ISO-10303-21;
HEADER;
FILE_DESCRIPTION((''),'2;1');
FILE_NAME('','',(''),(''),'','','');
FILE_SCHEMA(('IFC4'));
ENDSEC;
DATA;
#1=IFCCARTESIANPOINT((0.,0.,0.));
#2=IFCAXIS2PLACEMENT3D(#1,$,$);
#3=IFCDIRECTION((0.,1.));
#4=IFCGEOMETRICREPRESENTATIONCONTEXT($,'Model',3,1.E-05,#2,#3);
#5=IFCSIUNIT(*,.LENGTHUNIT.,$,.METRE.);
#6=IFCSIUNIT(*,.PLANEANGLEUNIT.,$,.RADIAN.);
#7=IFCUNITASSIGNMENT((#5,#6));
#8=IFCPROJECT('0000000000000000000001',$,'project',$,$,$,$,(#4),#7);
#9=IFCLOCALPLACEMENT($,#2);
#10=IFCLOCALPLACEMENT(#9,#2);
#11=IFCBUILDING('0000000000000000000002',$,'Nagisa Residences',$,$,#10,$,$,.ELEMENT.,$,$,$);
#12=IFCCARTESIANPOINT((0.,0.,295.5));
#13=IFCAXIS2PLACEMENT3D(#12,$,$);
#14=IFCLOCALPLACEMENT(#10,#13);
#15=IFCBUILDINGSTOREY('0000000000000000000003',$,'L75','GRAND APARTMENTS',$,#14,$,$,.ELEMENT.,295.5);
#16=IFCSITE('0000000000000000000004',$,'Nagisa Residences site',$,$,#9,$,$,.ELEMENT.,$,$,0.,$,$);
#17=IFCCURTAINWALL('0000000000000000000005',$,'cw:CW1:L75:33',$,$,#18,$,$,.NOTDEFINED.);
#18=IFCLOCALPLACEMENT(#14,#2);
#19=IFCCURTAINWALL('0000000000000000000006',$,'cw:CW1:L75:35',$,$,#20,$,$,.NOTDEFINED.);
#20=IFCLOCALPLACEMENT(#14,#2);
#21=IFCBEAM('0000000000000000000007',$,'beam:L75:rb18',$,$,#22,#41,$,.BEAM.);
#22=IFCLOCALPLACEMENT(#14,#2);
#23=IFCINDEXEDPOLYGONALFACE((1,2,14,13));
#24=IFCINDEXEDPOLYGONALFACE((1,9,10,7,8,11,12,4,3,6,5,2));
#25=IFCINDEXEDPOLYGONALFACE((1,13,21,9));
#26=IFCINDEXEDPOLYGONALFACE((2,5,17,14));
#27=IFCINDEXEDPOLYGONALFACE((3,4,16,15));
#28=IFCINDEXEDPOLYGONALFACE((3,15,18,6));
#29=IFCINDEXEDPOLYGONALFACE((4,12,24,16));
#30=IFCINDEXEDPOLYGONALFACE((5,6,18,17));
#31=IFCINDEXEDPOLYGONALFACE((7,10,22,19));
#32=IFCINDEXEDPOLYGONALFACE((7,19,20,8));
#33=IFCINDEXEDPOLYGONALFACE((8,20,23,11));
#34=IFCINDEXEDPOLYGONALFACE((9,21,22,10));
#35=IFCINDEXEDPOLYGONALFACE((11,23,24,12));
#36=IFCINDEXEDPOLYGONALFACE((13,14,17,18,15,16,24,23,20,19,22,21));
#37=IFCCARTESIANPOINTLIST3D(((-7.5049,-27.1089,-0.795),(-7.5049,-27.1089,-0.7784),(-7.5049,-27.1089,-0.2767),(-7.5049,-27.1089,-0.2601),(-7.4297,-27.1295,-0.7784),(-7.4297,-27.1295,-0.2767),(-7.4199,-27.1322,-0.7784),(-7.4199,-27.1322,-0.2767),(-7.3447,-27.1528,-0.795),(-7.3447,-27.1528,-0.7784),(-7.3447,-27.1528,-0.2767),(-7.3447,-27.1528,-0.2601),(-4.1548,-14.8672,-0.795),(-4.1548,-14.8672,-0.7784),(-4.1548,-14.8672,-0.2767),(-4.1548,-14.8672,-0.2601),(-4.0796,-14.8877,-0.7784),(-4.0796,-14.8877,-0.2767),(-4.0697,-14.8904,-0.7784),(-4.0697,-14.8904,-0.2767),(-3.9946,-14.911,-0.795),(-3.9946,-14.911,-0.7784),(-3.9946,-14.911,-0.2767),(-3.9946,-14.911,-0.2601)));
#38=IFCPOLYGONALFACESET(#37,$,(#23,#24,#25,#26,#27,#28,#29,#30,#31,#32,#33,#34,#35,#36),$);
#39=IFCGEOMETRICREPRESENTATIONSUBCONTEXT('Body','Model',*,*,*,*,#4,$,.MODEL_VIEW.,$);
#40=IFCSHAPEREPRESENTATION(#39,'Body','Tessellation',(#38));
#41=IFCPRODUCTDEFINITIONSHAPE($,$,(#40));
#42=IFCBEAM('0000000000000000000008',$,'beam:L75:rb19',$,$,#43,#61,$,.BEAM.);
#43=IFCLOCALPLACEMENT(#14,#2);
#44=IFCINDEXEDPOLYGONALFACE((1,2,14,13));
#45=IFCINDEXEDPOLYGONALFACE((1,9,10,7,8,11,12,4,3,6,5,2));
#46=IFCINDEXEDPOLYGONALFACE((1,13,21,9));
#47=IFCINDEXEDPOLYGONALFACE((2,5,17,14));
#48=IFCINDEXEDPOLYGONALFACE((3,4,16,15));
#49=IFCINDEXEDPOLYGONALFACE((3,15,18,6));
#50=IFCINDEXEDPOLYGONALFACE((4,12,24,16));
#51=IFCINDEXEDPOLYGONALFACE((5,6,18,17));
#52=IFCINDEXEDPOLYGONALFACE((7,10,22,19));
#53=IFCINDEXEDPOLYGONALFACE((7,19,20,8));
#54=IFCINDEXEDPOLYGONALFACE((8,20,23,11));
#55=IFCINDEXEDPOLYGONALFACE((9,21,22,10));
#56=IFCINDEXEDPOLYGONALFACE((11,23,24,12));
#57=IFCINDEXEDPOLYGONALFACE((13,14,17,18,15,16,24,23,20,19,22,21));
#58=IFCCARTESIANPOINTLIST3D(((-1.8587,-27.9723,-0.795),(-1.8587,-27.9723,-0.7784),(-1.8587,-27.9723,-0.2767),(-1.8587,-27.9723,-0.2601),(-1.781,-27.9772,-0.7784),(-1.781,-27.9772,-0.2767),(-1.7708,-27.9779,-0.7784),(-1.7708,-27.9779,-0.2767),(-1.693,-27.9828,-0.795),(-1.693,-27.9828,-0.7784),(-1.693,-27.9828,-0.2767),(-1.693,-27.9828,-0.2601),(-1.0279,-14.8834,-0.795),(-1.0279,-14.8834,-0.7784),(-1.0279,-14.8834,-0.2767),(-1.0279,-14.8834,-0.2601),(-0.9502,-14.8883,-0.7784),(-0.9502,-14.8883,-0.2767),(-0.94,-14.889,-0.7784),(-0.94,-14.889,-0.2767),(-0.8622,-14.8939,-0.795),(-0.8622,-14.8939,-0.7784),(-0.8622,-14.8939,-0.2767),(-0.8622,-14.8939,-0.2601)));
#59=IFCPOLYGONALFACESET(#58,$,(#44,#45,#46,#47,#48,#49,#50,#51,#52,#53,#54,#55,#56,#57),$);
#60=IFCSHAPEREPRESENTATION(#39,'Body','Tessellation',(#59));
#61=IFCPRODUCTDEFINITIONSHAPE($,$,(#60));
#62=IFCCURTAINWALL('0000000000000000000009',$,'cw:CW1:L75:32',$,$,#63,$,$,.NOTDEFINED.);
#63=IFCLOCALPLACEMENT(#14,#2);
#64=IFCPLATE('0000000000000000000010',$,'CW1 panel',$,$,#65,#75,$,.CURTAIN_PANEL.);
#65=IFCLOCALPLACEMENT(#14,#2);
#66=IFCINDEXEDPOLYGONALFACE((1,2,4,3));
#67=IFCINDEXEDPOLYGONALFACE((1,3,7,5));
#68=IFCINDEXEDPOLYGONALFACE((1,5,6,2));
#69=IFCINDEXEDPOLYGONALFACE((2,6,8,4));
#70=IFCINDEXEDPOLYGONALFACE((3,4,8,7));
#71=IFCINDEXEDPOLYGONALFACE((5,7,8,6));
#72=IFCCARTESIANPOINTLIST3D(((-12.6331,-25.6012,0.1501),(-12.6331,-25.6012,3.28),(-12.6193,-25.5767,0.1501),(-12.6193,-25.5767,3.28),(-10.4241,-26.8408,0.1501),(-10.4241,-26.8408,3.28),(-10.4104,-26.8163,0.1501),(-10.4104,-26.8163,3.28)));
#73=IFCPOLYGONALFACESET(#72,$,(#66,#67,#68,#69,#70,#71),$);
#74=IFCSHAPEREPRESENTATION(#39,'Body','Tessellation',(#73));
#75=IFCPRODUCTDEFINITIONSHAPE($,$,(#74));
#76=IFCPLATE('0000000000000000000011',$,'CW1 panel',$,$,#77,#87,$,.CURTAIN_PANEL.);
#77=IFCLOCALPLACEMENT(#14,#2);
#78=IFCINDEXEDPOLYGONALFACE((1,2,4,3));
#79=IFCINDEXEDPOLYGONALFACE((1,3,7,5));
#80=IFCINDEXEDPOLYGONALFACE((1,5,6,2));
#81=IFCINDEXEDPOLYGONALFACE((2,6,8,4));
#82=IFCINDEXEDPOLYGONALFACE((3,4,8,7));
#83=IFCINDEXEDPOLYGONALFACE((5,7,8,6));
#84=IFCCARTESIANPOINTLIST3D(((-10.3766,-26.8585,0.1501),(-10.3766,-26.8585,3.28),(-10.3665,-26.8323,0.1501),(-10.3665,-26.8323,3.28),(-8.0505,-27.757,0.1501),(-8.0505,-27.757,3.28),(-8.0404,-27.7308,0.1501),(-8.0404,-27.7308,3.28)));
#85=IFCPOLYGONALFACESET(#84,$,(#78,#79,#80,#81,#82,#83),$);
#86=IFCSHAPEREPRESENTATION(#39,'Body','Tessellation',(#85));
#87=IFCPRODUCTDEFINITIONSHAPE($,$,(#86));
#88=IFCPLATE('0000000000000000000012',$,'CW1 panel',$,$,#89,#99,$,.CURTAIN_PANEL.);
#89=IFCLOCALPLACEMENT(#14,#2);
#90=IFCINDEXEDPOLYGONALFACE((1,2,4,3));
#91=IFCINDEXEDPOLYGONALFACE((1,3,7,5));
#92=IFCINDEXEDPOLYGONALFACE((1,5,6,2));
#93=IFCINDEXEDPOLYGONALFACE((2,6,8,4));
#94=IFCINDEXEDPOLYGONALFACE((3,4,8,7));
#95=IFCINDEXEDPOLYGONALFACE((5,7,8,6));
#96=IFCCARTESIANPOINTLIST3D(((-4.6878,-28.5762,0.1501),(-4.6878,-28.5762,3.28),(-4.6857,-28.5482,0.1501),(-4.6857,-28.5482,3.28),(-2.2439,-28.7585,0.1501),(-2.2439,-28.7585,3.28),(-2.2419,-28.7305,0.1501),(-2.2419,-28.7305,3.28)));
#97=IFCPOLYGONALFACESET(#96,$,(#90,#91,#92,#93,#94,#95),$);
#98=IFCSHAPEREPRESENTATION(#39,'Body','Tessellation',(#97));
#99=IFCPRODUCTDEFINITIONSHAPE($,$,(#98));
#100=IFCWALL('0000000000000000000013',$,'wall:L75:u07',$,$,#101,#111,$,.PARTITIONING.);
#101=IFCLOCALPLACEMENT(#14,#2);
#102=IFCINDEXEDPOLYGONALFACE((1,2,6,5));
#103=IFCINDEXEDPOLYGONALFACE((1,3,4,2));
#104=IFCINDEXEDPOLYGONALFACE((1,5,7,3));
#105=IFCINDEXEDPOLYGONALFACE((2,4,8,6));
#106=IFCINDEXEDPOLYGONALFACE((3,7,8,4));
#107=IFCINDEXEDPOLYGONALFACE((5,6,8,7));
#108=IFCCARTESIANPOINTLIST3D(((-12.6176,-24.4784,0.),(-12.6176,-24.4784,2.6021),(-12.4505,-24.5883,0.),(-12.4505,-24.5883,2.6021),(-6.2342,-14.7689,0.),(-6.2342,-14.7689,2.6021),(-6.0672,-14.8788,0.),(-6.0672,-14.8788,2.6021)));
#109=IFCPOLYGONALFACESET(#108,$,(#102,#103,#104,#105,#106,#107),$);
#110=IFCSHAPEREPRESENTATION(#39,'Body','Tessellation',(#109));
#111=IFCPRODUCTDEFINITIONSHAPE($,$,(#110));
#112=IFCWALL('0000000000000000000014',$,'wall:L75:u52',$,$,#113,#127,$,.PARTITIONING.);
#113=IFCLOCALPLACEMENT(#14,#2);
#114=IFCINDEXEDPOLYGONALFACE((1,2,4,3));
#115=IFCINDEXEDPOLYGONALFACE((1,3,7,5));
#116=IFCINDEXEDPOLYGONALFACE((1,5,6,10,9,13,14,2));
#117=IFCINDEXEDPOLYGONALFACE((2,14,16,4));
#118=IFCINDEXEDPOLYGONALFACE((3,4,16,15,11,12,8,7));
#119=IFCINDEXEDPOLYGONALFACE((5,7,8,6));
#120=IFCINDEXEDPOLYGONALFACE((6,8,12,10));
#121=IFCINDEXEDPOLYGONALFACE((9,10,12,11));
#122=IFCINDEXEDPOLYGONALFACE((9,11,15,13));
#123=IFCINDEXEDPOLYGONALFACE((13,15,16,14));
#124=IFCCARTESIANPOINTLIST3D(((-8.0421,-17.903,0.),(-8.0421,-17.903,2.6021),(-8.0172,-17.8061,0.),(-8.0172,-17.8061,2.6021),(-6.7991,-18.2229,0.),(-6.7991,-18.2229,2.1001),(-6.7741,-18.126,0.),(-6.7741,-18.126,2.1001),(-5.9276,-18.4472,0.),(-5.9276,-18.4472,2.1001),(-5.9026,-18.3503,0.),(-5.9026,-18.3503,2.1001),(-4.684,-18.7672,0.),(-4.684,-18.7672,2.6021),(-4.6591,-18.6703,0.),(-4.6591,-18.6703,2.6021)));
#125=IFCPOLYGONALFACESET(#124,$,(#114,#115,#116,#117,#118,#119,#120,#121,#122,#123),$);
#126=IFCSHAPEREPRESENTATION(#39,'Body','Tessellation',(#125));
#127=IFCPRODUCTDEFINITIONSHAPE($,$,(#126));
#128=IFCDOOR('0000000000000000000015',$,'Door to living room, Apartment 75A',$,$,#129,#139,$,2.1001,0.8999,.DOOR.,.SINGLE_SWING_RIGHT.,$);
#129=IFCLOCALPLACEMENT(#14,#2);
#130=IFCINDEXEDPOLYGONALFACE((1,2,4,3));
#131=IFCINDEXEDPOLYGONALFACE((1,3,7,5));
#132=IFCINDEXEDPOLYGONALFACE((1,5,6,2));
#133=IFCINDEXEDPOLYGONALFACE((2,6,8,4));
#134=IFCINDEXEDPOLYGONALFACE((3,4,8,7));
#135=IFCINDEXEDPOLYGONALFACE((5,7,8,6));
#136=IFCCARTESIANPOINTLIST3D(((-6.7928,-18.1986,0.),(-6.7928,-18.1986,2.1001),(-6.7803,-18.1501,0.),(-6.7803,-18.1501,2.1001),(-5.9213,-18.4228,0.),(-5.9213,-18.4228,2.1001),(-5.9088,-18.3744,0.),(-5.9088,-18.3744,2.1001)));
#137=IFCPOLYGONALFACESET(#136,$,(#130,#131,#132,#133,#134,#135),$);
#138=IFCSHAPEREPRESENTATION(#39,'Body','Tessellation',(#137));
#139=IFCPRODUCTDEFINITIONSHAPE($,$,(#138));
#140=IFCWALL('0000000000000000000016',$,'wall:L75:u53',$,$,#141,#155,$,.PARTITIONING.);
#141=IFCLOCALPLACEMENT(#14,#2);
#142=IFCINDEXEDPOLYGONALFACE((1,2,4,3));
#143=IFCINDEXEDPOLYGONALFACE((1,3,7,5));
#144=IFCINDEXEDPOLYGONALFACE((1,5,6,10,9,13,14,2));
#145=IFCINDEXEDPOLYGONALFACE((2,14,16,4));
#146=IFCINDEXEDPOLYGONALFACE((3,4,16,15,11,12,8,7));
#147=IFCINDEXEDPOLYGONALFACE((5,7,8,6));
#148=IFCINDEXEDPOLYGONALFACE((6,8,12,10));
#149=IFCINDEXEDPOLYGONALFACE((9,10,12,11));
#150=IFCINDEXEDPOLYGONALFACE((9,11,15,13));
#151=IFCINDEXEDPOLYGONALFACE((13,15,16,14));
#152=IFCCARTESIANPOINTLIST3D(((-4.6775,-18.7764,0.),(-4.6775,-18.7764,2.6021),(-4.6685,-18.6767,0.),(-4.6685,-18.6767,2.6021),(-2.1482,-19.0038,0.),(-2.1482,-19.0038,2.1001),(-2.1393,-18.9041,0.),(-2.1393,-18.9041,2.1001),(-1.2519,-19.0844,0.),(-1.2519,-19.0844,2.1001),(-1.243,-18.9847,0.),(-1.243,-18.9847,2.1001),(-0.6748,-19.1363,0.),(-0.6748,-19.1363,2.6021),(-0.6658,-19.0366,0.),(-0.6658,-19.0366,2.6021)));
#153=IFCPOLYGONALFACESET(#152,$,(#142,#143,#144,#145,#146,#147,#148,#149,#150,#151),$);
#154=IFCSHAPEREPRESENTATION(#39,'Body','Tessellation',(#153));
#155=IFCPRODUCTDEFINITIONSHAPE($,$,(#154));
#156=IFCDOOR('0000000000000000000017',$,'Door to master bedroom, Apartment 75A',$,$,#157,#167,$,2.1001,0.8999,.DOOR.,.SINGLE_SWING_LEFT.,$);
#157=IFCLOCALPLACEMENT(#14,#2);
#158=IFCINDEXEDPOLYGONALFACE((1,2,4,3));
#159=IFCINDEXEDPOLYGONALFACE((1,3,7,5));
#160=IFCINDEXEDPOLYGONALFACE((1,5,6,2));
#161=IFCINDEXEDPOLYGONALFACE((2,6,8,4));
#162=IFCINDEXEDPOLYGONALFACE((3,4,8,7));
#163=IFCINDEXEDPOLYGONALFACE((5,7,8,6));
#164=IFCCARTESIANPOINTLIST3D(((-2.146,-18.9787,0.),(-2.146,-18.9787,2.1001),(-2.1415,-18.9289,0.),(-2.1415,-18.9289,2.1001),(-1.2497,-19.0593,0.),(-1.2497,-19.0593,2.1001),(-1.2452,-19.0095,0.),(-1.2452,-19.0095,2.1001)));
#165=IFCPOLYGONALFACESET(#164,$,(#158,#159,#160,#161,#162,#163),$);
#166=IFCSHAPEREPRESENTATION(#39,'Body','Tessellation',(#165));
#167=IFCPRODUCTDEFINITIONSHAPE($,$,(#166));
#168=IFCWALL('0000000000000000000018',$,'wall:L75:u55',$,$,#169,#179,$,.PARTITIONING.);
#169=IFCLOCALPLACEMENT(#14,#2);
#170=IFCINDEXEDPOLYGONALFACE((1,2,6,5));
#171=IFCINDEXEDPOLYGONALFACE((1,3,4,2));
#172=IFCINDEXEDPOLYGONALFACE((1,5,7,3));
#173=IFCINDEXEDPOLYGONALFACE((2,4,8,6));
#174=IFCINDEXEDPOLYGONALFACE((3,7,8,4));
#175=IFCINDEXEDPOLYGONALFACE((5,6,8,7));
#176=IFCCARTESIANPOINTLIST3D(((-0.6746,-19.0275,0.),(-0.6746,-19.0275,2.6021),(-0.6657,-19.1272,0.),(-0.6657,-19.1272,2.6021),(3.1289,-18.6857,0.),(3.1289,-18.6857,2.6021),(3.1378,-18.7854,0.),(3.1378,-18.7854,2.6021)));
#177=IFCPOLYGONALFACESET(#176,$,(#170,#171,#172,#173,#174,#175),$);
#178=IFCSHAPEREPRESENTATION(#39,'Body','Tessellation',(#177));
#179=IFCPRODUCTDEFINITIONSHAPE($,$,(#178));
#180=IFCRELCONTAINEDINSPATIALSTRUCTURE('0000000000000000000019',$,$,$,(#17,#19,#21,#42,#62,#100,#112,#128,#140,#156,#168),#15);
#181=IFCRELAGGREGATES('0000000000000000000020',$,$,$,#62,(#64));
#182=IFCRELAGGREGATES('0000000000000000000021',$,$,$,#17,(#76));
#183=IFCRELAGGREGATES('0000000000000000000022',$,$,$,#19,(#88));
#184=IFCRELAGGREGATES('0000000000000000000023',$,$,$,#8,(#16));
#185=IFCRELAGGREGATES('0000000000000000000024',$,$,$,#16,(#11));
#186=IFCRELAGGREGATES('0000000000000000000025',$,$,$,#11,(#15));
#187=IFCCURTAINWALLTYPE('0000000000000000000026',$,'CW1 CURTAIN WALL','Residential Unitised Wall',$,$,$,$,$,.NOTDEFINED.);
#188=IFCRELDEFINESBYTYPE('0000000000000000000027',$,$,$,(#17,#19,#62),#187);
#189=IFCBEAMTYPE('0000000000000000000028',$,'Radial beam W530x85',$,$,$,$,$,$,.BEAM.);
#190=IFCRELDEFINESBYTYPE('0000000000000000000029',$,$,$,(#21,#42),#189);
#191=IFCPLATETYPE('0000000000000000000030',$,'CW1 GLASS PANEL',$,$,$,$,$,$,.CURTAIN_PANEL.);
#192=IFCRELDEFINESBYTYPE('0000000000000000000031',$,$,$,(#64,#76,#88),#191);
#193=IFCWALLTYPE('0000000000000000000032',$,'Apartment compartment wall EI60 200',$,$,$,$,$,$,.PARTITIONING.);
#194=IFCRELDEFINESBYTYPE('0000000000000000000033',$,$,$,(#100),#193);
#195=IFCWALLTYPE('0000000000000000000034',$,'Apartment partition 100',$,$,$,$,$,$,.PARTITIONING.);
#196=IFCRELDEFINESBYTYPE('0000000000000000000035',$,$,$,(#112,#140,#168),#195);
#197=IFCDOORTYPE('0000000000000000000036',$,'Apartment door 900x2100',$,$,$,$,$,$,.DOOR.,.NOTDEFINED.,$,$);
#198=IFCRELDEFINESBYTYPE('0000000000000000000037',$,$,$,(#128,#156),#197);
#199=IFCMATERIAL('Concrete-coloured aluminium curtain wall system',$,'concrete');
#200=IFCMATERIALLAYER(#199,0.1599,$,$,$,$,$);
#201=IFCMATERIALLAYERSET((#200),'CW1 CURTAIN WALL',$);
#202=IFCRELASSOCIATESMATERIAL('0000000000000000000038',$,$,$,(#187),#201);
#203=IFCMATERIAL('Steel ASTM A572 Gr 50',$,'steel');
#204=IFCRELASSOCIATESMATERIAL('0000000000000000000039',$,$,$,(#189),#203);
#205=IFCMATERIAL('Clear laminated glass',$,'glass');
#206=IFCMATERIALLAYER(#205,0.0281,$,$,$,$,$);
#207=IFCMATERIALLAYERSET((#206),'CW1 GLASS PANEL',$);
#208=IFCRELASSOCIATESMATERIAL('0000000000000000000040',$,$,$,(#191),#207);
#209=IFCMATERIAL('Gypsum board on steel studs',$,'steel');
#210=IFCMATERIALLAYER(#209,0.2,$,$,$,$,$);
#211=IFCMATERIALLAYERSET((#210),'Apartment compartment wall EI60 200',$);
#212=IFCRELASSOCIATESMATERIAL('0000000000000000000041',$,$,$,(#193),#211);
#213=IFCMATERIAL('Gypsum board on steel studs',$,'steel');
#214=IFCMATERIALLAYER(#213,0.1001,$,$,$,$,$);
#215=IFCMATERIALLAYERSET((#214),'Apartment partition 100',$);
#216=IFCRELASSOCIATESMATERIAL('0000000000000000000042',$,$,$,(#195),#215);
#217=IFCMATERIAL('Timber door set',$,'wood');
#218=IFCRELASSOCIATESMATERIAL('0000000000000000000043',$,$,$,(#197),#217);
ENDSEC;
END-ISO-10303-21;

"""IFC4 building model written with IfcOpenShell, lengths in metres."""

from ifc_helpers import new_model, si_unit, direction, frame, frame_2d, origin, origin_2d, place, context, subcontext, project, spatial, rectangle, i_section, extrude, material, layer, layer_set, material_profile, profile_set, type_object, element, fill, aggregate, save


model = new_model("IFC4")

# Units and contexts
model_context = context("Model", 3, precision=1e-05, world=origin(), true_north=direction((0.0, 1.0)))
body_context = subcontext(model_context, "Body", "Model", "MODEL_VIEW")
ifc_project = project(units=[si_unit("LENGTHUNIT", "METRE"), si_unit("PLANEANGLEUNIT", "RADIAN")], contexts=[model_context])

# Site, building, storey
site_placement = place(None, origin())
site = spatial("IfcSite", under=ifc_project, at=site_placement, Name="Nagisa Residences site", CompositionType="ELEMENT", RefElevation=0.0)
building_placement = place(site_placement, origin())
building = spatial("IfcBuilding", under=site, at=building_placement, Name="Nagisa Residences", CompositionType="ELEMENT")
storey_placement = place(building_placement, frame((0.0, 0.0, 295.5)))
storey = spatial("IfcBuildingStorey", under=building, at=storey_placement, Name="L75", Description="GRAND APARTMENTS", CompositionType="ELEMENT", Elevation=295.5)

# Curtain walls
ifc_material_1 = material(Name="Concrete-coloured aluminium curtain wall system", Category="concrete")
ifc_layer_1 = layer(ifc_material_1, 0.1599)
ifc_layer_set_1 = layer_set([ifc_layer_1], Name="CW1 CURTAIN WALL")
curtain_wall_type = type_object("IfcCurtainWallType", Name="CW1 CURTAIN WALL", Description="Residential Unitised Wall", PredefinedType="NOTDEFINED", material=ifc_layer_set_1)
curtain_wall_1_placement = place(storey_placement, origin())
curtain_wall_1 = element("IfcCurtainWall", 1, at=curtain_wall_1_placement, inside=storey, type_object=curtain_wall_type, Name="cw:CW1:L75:33", PredefinedType="NOTDEFINED")
curtain_wall_2_placement = place(storey_placement, origin())
curtain_wall_2 = element("IfcCurtainWall", 2, at=curtain_wall_2_placement, inside=storey, type_object=curtain_wall_type, Name="cw:CW1:L75:35", PredefinedType="NOTDEFINED")

# Beams
ifc_material_2 = material(Name="Steel ASTM A572 Gr 50", Category="steel")
ifc_material_profile_1 = material_profile(ifc_material_2, i_section(OverallWidth=0.166, OverallDepth=0.5349, WebThickness=0.0103, FlangeThickness=0.0166, at=origin_2d()), Name="W530x85")
ifc_profile_set_1 = profile_set([ifc_material_profile_1], Name="Steel ASTM A572 Gr 50")
beam_type_1 = type_object("IfcBeamType", Name="Radial beam W530x85", PredefinedType="BEAM", material=ifc_profile_set_1)
beam_1_placement = place(storey_placement, frame((-7.4248, -27.1309, -0.5276), z_axis=(0.263957, 0.964534, 0.0), x_axis=(-0.964534, 0.263957, 0.0)))
element("IfcBeam", 3, at=beam_1_placement, inside=storey, type_object=beam_type_1, Name="beam:L75:rb18", PredefinedType="BEAM", context=body_context, shape_type="SweptSolid", body=[
    extrude(i_section(OverallWidth=0.166, OverallDepth=0.5349, WebThickness=0.0103, FlangeThickness=0.0166, at=origin_2d()), origin(), (0.0, 0.0, 1.0), 12.6919),
])
beam_2_placement = place(storey_placement, frame((-1.7759, -27.9775, -0.5276), z_axis=(0.063347, 0.997992, 0.0), x_axis=(-0.997992, 0.063347, 0.0)))
element("IfcBeam", 4, at=beam_2_placement, inside=storey, type_object=beam_type_1, Name="beam:L75:rb19", PredefinedType="BEAM", context=body_context, shape_type="SweptSolid", body=[
    extrude(i_section(OverallWidth=0.166, OverallDepth=0.5349, WebThickness=0.0103, FlangeThickness=0.0166, at=origin_2d()), origin(), (0.0, 0.0, 1.0), 13.1152),
])

# Curtain wall, plate
curtain_wall_3_placement = place(storey_placement, origin())
curtain_wall_3 = element("IfcCurtainWall", 5, at=curtain_wall_3_placement, inside=storey, type_object=curtain_wall_type, Name="cw:CW1:L75:32", PredefinedType="NOTDEFINED")
ifc_material_3 = material(Name="Clear laminated glass", Category="glass")
ifc_layer_2 = layer(ifc_material_3, 0.0281)
ifc_layer_set_2 = layer_set([ifc_layer_2], Name="CW1 GLASS PANEL")
plate_type = type_object("IfcPlateType", Name="CW1 GLASS PANEL", PredefinedType="CURTAIN_PANEL", material=ifc_layer_set_2)
plate_1_placement = place(storey_placement, frame((-11.5217, -26.2087, 0.1501), z_axis=(0.0, 0.0, 1.0), x_axis=(0.872072, -0.489377, 0.0)))
plate_1 = element("IfcPlate", 6, at=plate_1_placement, type_object=plate_type, Name="CW1 panel", PredefinedType="CURTAIN_PANEL", context=body_context, shape_type="SweptSolid", body=[
    extrude(rectangle(XDim=2.533, YDim=0.0281, at=origin_2d()), origin(), (0.0, 0.0, 1.0), 3.1299),
])
aggregate(curtain_wall_3, [plate_1])

# Plates
plate_2_placement = place(storey_placement, frame((-9.2085, -27.2947, 0.1501), z_axis=(0.0, 0.0, 1.0), x_axis=(0.932826, -0.360328, 0.0)))
plate_2 = element("IfcPlate", 7, at=plate_2_placement, type_object=plate_type, Name="CW1 panel", PredefinedType="CURTAIN_PANEL", context=body_context, shape_type="SweptSolid", body=[
    extrude(rectangle(XDim=2.4937, YDim=0.0281, at=origin_2d()), origin(), (0.0, 0.0, 1.0), 3.1299),
])
aggregate(curtain_wall_1, [plate_2])
plate_3_placement = place(storey_placement, frame((-3.4648, -28.6533, 0.1501), z_axis=(0.0, 0.0, 1.0), x_axis=(0.99723, -0.074377, 0.0)))
plate_3 = element("IfcPlate", 8, at=plate_3_placement, type_object=plate_type, Name="CW1 panel", PredefinedType="CURTAIN_PANEL", context=body_context, shape_type="SweptSolid", body=[
    extrude(rectangle(XDim=2.4507, YDim=0.0281, at=origin_2d()), origin(), (0.0, 0.0, 1.0), 3.1299),
])
aggregate(curtain_wall_2, [plate_3])

# Wall
ifc_material_4 = material(Name="Gypsum board on steel studs", Category="steel")
ifc_layer_3 = layer(ifc_material_4, 0.2)
ifc_layer_set_3 = layer_set([ifc_layer_3], Name="Apartment compartment wall EI60 200")
wall_type_1 = type_object("IfcWallType", Name="Apartment compartment wall EI60 200", PredefinedType="PARTITIONING", material=ifc_layer_set_3)
wall_1_placement = place(storey_placement, frame((-6.1506, -14.8237, 0.0), z_axis=(0.0, 0.0, 1.0), x_axis=(-0.549346, -0.835595, 0.0)))
element("IfcWall", 9, at=wall_1_placement, inside=storey, type_object=wall_type_1, Name="wall:L75:u07", PredefinedType="PARTITIONING", context=body_context, shape_type="SweptSolid", body=[
    extrude(rectangle(XDim=11.6199, YDim=0.2, at=frame_2d((5.8101, 0.0))), origin(), (0.0, 0.0, 1.0), 2.6021),
])

# Walls, openings, doors
ifc_material_5 = material(Name="Gypsum board on steel studs", Category="steel")
ifc_layer_4 = layer(ifc_material_5, 0.1001)
ifc_layer_set_4 = layer_set([ifc_layer_4], Name="Apartment partition 100")
wall_type_2 = type_object("IfcWallType", Name="Apartment partition 100", PredefinedType="PARTITIONING", material=ifc_layer_set_4)
wall_2_placement = place(storey_placement, frame((-8.0298, -17.8545, 0.0), z_axis=(0.0, 0.0, 1.0), x_axis=(0.968442, -0.249239, 0.0)))
wall_2 = element("IfcWall", 10, at=wall_2_placement, inside=storey, type_object=wall_type_2, Name="wall:L75:u52", PredefinedType="PARTITIONING", context=body_context, shape_type="SweptSolid", body=[
    extrude(rectangle(XDim=3.4675, YDim=0.1001, at=frame_2d((1.7339, 0.0))), origin(), (0.0, 0.0, 1.0), 2.6021),
])
opening_1_placement = place(wall_2_placement, frame((1.2837, 0.0, 0.0)))
opening_1 = element("IfcOpeningElement", 11, at=opening_1_placement, cuts=wall_2, PredefinedType="OPENING", context=body_context, shape_type="SweptSolid", body=[
    extrude(rectangle(XDim=0.8999, YDim=2.1001, at=frame_2d((0.45, 1.05))), frame((0.0, 0.0601, 0.0), z_axis=(0.0, -1.0, 0.0), x_axis=(1.0, 0.0, 0.0)), (0.0, 0.0, 1.0), 0.1201),
])
ifc_material_6 = material(Name="Timber door set", Category="wood")
door_type_1 = type_object("IfcDoorType", Name="Apartment door 900x2100", OperationType="NOTDEFINED", PredefinedType="DOOR", material=ifc_material_6)
door_1_placement = place(opening_1_placement, frame((0.8999, 0.0, 0.0), x_axis=(-1.0, 0.0, 0.0)))
door_1 = element("IfcDoor", 12, at=door_1_placement, inside=storey, type_object=door_type_1, Name="Door to living room, Apartment 75A", OperationType="SINGLE_SWING_RIGHT", OverallHeight=2.1001, OverallWidth=0.8999, PredefinedType="DOOR", context=body_context, shape_type="SweptSolid", body=[
    extrude(rectangle(XDim=0.8999, YDim=2.1001, at=frame_2d((0.45, 1.05))), frame((0.0, 0.0249, 0.0), z_axis=(0.0, -1.0, 0.0), x_axis=(1.0, 0.0, 0.0)), (0.0, 0.0, 1.0), 0.05),
])
fill(opening_1, door_1)
wall_3_placement = place(storey_placement, frame((-4.6729, -18.7266, 0.0), z_axis=(0.0, 0.0, 1.0), x_axis=(0.995983, -0.089544, 0.0)))
wall_3 = element("IfcWall", 13, at=wall_3_placement, inside=storey, type_object=wall_type_2, Name="wall:L75:u53", PredefinedType="PARTITIONING", context=body_context, shape_type="SweptSolid", body=[
    extrude(rectangle(XDim=4.0188, YDim=0.1001, at=frame_2d((2.0093, 0.0))), origin(), (0.0, 0.0, 1.0), 2.6021),
])
opening_2_placement = place(wall_3_placement, frame((2.5393, 0.0, 0.0)))
opening_2 = element("IfcOpeningElement", 14, at=opening_2_placement, cuts=wall_3, PredefinedType="OPENING", context=body_context, shape_type="SweptSolid", body=[
    extrude(rectangle(XDim=0.8999, YDim=2.1001, at=frame_2d((0.45, 1.05))), frame((0.0, 0.0601, 0.0), z_axis=(0.0, -1.0, 0.0), x_axis=(1.0, 0.0, 0.0)), (0.0, 0.0, 1.0), 0.1201),
])
door_2_placement = place(opening_2_placement, frame((0.8999, 0.0, 0.0), x_axis=(-1.0, 0.0, 0.0)))
door_2 = element("IfcDoor", 15, at=door_2_placement, inside=storey, type_object=door_type_1, Name="Door to master bedroom, Apartment 75A", OperationType="SINGLE_SWING_LEFT", OverallHeight=2.1001, OverallWidth=0.8999, PredefinedType="DOOR", context=body_context, shape_type="SweptSolid", body=[
    extrude(rectangle(XDim=0.8999, YDim=2.1001, at=frame_2d((0.45, 1.05))), frame((0.0, 0.0249, 0.0), z_axis=(0.0, -1.0, 0.0), x_axis=(1.0, 0.0, 0.0)), (0.0, 0.0, 1.0), 0.05),
])
fill(opening_2, door_2)

# Wall
wall_4_placement = place(storey_placement, frame((-0.6702, -19.0774, 0.0), z_axis=(0.0, 0.0, 1.0), x_axis=(0.995986, 0.089504, 0.0)))
element("IfcWall", 16, at=wall_4_placement, inside=storey, type_object=wall_type_2, Name="wall:L75:u55", PredefinedType="PARTITIONING", context=body_context, shape_type="SweptSolid", body=[
    extrude(rectangle(XDim=3.8188, YDim=0.1001, at=frame_2d((1.9094, 0.0))), origin(), (0.0, 0.0, 1.0), 2.6021),
])

save(model, "model.ifc")
